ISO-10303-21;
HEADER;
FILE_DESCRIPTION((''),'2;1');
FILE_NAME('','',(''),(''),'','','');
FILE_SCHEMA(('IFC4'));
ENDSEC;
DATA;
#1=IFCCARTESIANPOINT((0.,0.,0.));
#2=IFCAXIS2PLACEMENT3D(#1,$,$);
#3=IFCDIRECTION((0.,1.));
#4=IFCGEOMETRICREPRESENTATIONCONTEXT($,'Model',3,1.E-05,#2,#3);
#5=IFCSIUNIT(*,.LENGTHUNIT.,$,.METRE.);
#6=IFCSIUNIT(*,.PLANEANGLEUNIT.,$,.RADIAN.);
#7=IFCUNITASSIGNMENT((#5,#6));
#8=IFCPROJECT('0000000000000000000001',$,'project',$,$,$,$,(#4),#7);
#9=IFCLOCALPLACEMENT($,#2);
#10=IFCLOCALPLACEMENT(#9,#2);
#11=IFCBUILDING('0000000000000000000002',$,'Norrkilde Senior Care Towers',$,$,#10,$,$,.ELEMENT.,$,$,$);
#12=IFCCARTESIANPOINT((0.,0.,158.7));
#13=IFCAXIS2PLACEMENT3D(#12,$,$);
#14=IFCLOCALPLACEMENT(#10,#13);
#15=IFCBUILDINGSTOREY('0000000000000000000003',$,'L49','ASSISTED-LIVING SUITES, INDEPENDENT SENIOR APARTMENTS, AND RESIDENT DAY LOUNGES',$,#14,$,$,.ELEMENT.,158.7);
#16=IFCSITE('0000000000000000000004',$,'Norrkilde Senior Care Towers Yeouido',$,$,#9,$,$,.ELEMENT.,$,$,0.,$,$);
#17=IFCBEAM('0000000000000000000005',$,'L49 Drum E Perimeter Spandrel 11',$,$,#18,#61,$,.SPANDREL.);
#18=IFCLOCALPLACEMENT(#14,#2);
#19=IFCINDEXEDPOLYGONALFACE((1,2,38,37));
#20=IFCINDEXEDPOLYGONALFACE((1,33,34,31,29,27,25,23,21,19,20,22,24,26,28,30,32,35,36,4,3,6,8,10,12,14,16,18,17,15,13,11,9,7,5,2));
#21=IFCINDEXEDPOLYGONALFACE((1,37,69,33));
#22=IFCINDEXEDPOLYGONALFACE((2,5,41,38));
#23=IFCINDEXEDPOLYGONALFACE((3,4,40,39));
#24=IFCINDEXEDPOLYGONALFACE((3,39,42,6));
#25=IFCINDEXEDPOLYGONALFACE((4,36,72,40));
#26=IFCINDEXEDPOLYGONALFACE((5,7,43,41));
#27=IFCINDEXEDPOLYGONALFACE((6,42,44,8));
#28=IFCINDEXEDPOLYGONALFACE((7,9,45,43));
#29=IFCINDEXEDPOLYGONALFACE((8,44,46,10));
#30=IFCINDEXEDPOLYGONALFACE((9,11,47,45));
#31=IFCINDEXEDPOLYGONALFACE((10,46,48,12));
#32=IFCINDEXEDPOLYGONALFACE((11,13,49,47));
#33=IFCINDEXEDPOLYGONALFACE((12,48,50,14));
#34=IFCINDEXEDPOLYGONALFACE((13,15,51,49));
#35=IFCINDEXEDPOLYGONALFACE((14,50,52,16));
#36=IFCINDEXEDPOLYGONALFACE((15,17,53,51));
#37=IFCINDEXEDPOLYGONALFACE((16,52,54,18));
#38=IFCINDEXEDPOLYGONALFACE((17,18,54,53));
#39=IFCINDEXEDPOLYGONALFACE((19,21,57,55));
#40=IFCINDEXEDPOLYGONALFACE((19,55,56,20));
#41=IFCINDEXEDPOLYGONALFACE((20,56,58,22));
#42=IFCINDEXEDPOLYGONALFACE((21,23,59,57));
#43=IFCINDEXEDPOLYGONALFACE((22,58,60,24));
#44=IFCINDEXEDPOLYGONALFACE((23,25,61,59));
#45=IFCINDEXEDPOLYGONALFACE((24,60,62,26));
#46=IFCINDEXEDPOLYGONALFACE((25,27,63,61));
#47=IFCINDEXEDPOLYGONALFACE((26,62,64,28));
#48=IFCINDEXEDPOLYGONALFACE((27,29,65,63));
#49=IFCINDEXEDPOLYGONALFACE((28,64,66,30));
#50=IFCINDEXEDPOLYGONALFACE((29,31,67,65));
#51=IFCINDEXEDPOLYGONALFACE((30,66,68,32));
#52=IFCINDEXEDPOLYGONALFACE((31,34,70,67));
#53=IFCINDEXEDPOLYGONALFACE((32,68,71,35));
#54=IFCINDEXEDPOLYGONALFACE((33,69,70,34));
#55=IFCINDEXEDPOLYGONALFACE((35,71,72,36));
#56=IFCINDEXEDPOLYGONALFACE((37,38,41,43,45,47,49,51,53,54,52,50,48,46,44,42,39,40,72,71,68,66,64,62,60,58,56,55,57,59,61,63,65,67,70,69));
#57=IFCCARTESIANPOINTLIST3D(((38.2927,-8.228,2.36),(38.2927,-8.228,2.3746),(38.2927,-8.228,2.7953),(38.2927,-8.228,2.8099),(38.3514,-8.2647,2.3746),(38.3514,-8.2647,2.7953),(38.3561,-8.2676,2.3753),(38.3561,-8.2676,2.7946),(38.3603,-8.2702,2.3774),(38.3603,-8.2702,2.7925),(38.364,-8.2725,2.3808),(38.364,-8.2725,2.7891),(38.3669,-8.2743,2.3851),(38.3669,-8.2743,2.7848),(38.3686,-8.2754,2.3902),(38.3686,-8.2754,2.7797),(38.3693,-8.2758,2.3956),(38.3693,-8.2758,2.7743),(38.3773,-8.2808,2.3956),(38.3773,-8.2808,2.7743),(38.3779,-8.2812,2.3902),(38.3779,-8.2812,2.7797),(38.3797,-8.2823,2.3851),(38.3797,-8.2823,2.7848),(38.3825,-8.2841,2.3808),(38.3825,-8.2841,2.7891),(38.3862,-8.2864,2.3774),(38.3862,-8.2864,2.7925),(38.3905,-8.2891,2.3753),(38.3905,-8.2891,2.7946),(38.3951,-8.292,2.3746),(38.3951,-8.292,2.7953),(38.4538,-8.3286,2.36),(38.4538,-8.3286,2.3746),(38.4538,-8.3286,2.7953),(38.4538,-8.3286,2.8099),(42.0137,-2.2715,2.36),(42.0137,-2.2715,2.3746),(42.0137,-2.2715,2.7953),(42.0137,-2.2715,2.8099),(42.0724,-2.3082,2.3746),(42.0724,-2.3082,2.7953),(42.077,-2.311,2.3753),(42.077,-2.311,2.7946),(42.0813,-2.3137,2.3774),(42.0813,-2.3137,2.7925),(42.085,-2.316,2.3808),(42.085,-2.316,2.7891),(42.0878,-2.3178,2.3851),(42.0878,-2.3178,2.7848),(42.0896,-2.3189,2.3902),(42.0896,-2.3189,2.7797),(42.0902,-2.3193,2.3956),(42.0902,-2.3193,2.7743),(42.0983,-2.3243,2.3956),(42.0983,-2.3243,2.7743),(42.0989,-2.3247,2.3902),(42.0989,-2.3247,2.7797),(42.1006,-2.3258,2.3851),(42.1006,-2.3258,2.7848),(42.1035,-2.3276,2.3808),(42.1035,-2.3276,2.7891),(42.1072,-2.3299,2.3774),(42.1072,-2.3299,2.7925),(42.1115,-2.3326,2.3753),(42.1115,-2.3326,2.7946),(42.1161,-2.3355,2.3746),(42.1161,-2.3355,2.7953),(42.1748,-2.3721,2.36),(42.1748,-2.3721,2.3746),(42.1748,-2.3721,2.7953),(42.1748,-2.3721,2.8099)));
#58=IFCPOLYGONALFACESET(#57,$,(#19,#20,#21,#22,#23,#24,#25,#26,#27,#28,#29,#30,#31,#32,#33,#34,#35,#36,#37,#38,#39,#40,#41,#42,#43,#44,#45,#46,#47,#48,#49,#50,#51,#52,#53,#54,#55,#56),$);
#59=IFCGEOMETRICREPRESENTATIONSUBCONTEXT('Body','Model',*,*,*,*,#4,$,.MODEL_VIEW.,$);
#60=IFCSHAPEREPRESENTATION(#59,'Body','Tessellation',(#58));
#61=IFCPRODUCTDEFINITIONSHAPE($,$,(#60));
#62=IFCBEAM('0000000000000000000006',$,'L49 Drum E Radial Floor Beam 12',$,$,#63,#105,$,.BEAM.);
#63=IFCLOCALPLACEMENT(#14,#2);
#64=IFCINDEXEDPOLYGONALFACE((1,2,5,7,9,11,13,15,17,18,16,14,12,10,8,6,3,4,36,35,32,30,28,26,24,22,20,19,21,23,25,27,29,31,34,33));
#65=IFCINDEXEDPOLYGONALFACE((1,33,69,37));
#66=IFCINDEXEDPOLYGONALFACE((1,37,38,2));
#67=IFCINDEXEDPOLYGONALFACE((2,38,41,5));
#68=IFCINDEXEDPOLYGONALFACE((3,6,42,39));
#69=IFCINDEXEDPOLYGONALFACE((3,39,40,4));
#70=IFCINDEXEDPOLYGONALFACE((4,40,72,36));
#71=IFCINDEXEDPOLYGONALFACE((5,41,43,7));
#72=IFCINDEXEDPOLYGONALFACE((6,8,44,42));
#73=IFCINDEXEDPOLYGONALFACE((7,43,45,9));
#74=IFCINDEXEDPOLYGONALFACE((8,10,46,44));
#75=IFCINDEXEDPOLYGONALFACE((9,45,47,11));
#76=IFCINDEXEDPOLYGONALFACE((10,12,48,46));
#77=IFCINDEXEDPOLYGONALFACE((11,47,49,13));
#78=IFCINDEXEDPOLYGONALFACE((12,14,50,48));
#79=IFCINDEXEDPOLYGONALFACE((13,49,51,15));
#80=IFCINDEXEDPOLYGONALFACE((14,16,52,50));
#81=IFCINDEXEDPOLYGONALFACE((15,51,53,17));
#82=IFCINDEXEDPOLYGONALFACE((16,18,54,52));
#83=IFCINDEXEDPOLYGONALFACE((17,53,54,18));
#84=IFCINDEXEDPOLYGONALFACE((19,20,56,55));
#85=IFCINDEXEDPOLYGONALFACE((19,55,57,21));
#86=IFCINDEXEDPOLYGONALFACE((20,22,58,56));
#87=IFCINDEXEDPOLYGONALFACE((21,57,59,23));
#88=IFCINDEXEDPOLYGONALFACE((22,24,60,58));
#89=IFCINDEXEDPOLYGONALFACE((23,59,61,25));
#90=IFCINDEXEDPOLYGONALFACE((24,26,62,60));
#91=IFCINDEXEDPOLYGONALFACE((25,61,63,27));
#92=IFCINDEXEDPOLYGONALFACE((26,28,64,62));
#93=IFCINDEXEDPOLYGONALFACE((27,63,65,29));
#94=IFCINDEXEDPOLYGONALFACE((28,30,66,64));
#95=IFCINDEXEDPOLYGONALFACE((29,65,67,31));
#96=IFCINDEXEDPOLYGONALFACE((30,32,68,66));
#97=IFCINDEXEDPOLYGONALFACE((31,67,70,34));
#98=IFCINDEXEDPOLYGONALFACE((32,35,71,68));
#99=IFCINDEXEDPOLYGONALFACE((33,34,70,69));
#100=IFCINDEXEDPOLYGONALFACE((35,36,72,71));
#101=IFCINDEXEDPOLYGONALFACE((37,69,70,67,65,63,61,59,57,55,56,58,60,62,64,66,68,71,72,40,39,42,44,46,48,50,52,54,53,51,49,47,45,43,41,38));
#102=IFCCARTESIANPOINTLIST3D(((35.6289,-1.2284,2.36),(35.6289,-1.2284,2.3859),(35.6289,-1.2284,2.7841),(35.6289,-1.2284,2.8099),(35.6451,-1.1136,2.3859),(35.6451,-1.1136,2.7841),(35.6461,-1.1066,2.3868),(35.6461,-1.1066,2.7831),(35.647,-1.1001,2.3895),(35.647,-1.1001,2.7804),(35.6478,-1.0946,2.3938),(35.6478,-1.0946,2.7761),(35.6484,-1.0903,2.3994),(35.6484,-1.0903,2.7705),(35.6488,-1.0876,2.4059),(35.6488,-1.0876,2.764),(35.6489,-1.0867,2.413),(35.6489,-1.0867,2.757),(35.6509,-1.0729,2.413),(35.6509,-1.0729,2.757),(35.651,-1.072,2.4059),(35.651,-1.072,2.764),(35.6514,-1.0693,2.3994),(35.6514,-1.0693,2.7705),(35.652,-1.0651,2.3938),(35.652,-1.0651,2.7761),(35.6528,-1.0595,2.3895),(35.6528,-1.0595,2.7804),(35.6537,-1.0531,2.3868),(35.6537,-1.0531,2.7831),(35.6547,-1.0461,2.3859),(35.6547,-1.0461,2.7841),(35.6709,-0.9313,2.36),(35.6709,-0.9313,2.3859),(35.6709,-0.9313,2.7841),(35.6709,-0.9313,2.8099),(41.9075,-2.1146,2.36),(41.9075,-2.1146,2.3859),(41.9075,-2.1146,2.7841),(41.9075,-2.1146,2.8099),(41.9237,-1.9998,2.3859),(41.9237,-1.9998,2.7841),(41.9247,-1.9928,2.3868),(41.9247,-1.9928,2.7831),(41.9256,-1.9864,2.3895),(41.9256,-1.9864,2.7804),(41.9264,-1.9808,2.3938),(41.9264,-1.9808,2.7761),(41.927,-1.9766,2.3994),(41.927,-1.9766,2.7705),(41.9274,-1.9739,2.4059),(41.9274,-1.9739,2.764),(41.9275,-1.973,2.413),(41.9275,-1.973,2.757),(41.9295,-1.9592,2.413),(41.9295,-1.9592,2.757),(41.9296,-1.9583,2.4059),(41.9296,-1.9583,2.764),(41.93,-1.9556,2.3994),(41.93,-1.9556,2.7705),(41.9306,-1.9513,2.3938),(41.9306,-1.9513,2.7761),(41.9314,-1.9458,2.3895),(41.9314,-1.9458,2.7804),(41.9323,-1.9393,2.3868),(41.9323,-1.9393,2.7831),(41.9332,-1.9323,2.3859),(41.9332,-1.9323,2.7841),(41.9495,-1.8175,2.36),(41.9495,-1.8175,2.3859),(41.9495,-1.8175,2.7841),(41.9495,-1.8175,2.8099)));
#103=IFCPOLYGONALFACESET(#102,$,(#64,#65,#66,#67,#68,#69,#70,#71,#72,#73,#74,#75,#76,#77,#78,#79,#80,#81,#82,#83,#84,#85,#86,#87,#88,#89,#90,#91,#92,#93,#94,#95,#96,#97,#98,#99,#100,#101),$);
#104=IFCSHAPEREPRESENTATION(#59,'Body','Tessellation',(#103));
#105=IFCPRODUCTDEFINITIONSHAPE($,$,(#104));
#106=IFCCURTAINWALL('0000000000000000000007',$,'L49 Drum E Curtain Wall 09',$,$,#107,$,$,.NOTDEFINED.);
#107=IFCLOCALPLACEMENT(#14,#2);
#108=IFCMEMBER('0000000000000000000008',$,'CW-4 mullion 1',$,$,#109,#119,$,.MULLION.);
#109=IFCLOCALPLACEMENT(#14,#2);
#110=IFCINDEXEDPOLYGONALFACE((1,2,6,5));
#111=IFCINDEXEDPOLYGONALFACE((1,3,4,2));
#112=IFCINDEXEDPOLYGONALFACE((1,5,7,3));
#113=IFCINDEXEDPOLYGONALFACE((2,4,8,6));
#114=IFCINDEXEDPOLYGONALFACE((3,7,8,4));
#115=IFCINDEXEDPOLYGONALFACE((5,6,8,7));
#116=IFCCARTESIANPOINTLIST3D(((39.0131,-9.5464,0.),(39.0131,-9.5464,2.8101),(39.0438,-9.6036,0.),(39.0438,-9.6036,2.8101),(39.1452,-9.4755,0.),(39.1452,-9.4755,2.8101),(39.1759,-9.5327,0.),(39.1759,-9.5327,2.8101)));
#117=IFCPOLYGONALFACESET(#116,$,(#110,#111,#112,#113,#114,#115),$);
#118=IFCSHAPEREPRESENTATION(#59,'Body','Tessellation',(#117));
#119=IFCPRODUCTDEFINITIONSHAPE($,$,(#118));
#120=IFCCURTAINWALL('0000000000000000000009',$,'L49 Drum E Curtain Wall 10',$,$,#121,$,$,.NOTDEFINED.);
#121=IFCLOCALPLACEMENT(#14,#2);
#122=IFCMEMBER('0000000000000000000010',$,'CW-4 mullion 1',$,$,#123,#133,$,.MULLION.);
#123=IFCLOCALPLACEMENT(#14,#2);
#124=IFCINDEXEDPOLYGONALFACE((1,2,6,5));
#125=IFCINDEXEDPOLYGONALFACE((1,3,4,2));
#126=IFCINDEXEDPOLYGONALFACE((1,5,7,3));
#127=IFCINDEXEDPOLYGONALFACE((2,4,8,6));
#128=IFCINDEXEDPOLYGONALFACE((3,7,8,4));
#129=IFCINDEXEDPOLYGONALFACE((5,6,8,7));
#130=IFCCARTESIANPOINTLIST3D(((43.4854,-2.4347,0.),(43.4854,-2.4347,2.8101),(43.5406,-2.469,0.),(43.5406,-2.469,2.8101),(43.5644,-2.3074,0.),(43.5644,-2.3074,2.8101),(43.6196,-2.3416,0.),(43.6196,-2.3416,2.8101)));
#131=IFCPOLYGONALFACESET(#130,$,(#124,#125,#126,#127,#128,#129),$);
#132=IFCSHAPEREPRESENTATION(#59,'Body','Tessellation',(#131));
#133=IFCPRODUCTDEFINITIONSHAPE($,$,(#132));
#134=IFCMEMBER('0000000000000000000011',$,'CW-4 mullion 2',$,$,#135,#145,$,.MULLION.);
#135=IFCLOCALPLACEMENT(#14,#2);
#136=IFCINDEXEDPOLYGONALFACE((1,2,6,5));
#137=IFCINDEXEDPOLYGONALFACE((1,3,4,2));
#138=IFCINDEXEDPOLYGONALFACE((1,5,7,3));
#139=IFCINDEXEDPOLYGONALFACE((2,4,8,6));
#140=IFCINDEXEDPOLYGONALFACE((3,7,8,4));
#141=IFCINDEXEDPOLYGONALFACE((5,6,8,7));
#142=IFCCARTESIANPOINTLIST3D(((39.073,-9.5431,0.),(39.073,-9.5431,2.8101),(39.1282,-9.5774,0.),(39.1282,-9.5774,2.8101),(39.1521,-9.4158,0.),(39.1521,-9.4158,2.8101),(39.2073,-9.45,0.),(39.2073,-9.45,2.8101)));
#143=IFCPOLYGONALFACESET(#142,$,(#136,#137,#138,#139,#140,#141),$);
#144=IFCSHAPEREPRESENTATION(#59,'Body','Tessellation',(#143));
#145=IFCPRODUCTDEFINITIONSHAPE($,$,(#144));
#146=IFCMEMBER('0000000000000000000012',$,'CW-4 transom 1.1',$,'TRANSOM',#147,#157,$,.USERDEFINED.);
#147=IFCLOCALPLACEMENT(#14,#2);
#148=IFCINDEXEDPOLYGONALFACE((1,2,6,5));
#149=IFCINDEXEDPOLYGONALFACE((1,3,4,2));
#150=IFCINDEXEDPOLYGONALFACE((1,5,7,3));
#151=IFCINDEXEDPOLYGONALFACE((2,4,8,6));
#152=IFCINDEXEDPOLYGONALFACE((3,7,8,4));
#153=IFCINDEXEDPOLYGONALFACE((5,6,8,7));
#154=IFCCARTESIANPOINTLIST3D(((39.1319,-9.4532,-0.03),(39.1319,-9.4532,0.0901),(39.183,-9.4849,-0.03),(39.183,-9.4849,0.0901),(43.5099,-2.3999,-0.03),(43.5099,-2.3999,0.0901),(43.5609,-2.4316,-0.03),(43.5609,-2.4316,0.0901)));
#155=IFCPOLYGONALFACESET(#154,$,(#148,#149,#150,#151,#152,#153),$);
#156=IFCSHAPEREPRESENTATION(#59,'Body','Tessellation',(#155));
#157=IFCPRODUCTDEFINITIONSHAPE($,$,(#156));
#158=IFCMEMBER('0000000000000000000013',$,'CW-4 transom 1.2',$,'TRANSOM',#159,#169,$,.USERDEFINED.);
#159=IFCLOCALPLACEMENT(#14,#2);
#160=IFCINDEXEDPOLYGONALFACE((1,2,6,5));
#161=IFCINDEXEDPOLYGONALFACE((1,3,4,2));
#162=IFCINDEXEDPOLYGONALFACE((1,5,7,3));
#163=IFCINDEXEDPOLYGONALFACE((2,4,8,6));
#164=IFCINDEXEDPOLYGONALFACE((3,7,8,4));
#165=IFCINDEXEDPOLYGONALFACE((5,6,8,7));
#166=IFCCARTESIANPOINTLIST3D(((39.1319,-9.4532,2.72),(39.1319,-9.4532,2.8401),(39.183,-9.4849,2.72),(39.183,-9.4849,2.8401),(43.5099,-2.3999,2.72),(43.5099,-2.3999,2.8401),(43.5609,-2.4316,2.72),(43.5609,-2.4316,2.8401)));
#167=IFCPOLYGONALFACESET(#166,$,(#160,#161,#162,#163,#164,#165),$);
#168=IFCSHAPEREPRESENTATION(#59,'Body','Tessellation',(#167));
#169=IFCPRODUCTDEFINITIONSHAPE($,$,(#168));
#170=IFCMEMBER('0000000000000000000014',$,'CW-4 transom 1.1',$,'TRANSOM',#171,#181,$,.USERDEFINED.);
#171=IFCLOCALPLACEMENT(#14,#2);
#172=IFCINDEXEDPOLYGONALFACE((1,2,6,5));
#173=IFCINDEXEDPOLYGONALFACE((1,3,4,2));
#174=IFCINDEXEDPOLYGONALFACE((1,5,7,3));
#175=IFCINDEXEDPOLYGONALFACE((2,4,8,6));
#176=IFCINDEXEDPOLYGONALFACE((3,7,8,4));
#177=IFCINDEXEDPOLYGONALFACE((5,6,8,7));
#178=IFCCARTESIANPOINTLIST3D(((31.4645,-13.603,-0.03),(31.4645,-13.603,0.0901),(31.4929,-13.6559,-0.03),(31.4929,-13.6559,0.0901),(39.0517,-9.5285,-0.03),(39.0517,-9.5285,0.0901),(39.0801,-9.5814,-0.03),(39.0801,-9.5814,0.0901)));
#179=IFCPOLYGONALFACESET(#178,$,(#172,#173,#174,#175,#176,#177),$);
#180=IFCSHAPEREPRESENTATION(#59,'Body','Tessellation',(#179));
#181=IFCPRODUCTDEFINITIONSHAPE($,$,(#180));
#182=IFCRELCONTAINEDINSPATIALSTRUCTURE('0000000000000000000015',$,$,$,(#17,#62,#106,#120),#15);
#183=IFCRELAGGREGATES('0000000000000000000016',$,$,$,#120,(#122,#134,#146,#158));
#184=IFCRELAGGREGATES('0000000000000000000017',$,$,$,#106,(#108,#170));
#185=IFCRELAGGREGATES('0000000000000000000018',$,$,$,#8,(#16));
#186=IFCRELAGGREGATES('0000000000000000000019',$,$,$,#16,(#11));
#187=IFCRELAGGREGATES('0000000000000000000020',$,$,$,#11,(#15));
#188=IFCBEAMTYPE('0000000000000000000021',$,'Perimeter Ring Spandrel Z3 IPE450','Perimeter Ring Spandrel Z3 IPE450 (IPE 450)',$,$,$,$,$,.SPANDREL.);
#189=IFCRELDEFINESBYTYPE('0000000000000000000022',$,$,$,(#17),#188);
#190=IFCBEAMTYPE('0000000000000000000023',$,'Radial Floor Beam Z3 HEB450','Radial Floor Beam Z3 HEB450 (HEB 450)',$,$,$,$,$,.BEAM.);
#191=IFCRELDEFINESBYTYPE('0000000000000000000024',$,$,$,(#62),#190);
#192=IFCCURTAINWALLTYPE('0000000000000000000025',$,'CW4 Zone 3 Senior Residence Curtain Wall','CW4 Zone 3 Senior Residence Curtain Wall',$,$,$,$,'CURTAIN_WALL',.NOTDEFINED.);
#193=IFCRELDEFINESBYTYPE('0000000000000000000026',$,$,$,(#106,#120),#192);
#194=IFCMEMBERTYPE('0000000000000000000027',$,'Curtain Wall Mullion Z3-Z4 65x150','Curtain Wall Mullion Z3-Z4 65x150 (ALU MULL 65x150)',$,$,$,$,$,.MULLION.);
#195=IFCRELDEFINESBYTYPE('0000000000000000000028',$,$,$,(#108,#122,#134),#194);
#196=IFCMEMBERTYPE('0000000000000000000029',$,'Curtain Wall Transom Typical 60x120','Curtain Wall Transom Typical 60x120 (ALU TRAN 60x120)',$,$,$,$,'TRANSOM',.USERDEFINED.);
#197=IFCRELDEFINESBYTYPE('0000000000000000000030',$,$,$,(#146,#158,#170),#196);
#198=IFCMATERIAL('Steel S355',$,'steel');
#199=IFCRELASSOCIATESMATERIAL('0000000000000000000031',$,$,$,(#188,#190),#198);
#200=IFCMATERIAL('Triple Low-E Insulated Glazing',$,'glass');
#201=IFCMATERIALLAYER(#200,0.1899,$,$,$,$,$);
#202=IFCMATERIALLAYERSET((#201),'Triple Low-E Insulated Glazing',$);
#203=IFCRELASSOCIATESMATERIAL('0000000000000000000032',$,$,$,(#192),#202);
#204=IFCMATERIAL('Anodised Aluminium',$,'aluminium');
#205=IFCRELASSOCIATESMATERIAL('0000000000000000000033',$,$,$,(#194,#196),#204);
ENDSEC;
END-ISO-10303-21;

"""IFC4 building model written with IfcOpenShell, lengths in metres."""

from ifc_helpers import new_model, si_unit, direction, frame, origin, origin_2d, place, context, subcontext, project, spatial, rectangle, i_section, extrude, source, transform, mapped, material, layer, layer_set, material_profile, profile_set, type_object, type_shapes, element, aggregate, save


model = new_model("IFC4")

# Units and contexts
model_context = context("Model", 3, precision=1e-05, world=origin(), true_north=direction((0.0, 1.0)))
body_context = subcontext(model_context, "Body", "Model", "MODEL_VIEW")
ifc_project = project(units=[si_unit("LENGTHUNIT", "METRE"), si_unit("PLANEANGLEUNIT", "RADIAN")], contexts=[model_context])

# Site, building, storey
site_placement = place(None, origin())
site = spatial("IfcSite", under=ifc_project, at=site_placement, Name="Norrkilde Senior Care Towers Yeouido", CompositionType="ELEMENT", RefElevation=0.0)
building_placement = place(site_placement, origin())
building = spatial("IfcBuilding", under=site, at=building_placement, Name="Norrkilde Senior Care Towers", CompositionType="ELEMENT")
storey_placement = place(building_placement, frame((0.0, 0.0, 158.7)))
storey = spatial("IfcBuildingStorey", under=building, at=storey_placement, Name="L49", Description="ASSISTED-LIVING SUITES, INDEPENDENT SENIOR APARTMENTS, AND RESIDENT DAY LOUNGES", CompositionType="ELEMENT", Elevation=158.7)

# Beams
ifc_material_1 = material(Name="Steel S355", Category="steel")
ifc_material_profile_1 = material_profile(ifc_material_1, i_section(OverallWidth=0.1899, OverallDepth=0.45, WebThickness=0.0095, FlangeThickness=0.0146, FilletRadius=0.021, at=origin_2d()), Name="IPE 450")
ifc_profile_set_1 = profile_set([ifc_material_profile_1], Name="Steel S355")
beam_type_1 = type_object("IfcBeamType", Name="Perimeter Ring Spandrel Z3 IPE450", Description="Perimeter Ring Spandrel Z3 IPE450 (IPE 450)", PredefinedType="SPANDREL", material=ifc_profile_set_1)
shared_shape_1 = source(origin(), body_context, "Body", "SweptSolid", [
    extrude(i_section(OverallWidth=0.1899, OverallDepth=0.45, WebThickness=0.0095, FlangeThickness=0.0146, FilletRadius=0.021, at=origin_2d()), origin(), (0.0, 0.0, 1.0), 7.0232),
])
beam_1_placement = place(storey_placement, frame((38.3733, -8.2783, 2.585), z_axis=(0.529805, 0.848119, 0.0), x_axis=(-0.848119, 0.529805, 0.0)))
element("IfcBeam", 1, at=beam_1_placement, inside=storey, type_object=beam_type_1, Name="L49 Drum E Perimeter Spandrel 11", PredefinedType="SPANDREL", context=body_context, shape_type="MappedRepresentation", body=[
    mapped(shared_shape_1, transform((0.0, 0.0, 0.0), x_axis=(1.0, 0.0, 0.0), y_axis=(0.0, 1.0, 0.0), z_axis=(0.0, 0.0, 1.0), scale=1.0)),
])
ifc_material_profile_2 = material_profile(ifc_material_1, i_section(OverallWidth=0.3, OverallDepth=0.45, WebThickness=0.0139, FlangeThickness=0.0259, FilletRadius=0.0271, at=origin_2d()), Name="HEB 450")
ifc_profile_set_2 = profile_set([ifc_material_profile_2], Name="Steel S355")
beam_type_2 = type_object("IfcBeamType", Name="Radial Floor Beam Z3 HEB450", Description="Radial Floor Beam Z3 HEB450 (HEB 450)", PredefinedType="BEAM", material=ifc_profile_set_2)
shared_shape_2 = source(origin(), body_context, "Body", "SweptSolid", [
    extrude(i_section(OverallWidth=0.3, OverallDepth=0.45, WebThickness=0.0139, FlangeThickness=0.0259, FilletRadius=0.0271, at=origin_2d()), origin(), (0.0, 0.0, 1.0), 6.3408),
])
type_shapes(beam_type_2, [shared_shape_2])
beam_2_placement = place(storey_placement, frame((35.6499, -1.0798, 2.585), z_axis=(0.990185, -0.139766, 0.0), x_axis=(0.139766, 0.990185, 0.0)))
element("IfcBeam", 2, at=beam_2_placement, inside=storey, type_object=beam_type_2, Name="L49 Drum E Radial Floor Beam 12", PredefinedType="BEAM", context=body_context, shape_type="MappedRepresentation", body=[
    mapped(shared_shape_2, transform((0.0, 0.0, 0.0), x_axis=(1.0, 0.0, 0.0), y_axis=(0.0, 1.0, 0.0), z_axis=(0.0, 0.0, 1.0), scale=1.0)),
])

# Curtain wall, member
ifc_material_2 = material(Name="Triple Low-E Insulated Glazing", Category="glass")
ifc_layer_1 = layer(ifc_material_2, 0.1899)
ifc_layer_set_1 = layer_set([ifc_layer_1], Name="Triple Low-E Insulated Glazing")
curtain_wall_type = type_object("IfcCurtainWallType", Name="CW4 Zone 3 Senior Residence Curtain Wall", Description="CW4 Zone 3 Senior Residence Curtain Wall", ElementType="CURTAIN_WALL", PredefinedType="NOTDEFINED", material=ifc_layer_set_1)
curtain_wall_1_placement = place(storey_placement, origin())
curtain_wall_1 = element("IfcCurtainWall", 3, at=curtain_wall_1_placement, inside=storey, type_object=curtain_wall_type, Name="L49 Drum E Curtain Wall 09", PredefinedType="NOTDEFINED")
ifc_material_3 = material(Name="Anodised Aluminium", Category="aluminium")
ifc_material_profile_3 = material_profile(ifc_material_3, rectangle(XDim=0.0649, YDim=0.1499, at=origin_2d()), Name="ALU MULL 65x150")
ifc_profile_set_3 = profile_set([ifc_material_profile_3], Name="Anodised Aluminium")
member_type_1 = type_object("IfcMemberType", Name="Curtain Wall Mullion Z3-Z4 65x150", Description="Curtain Wall Mullion Z3-Z4 65x150 (ALU MULL 65x150)", PredefinedType="MULLION", material=ifc_profile_set_3)
shared_shape_3 = source(origin(), body_context, "Body", "SweptSolid", [
    extrude(rectangle(XDim=0.0649, YDim=0.1499, at=origin_2d()), origin(), (0.0, 0.0, 1.0), 2.8101),
])
type_shapes(member_type_1, [shared_shape_3])
member_1_placement = place(storey_placement, frame((39.0945, -9.5396, 0.0), z_axis=(0.0, 0.0, 1.0), x_axis=(0.473117, -0.881, 0.0)))
member_1 = element("IfcMember", 4, at=member_1_placement, type_object=member_type_1, Name="CW-4 mullion 1", PredefinedType="MULLION", context=body_context, shape_type="MappedRepresentation", body=[
    mapped(shared_shape_3, transform((0.0, 0.0, 0.0), x_axis=(1.0, 0.0, 0.0), y_axis=(0.0, 1.0, 0.0), z_axis=(0.0, 0.0, 1.0), scale=1.0)),
])

# Curtain wall, members
curtain_wall_2_placement = place(storey_placement, origin())
curtain_wall_2 = element("IfcCurtainWall", 5, at=curtain_wall_2_placement, inside=storey, type_object=curtain_wall_type, Name="L49 Drum E Curtain Wall 10", PredefinedType="NOTDEFINED")
member_2_placement = place(storey_placement, frame((43.5525, -2.3882, 0.0), z_axis=(0.0, 0.0, 1.0), x_axis=(0.849634, -0.527373, 0.0)))
member_2 = element("IfcMember", 6, at=member_2_placement, type_object=member_type_1, Name="CW-4 mullion 1", PredefinedType="MULLION", context=body_context, shape_type="MappedRepresentation", body=[
    mapped(shared_shape_3, transform((0.0, 0.0, 0.0), x_axis=(1.0, 0.0, 0.0), y_axis=(0.0, 1.0, 0.0), z_axis=(0.0, 0.0, 1.0), scale=1.0)),
])
member_3_placement = place(storey_placement, frame((39.1401, -9.4966, 0.0), z_axis=(0.0, 0.0, 1.0), x_axis=(0.849634, -0.527373, 0.0)))
member_3 = element("IfcMember", 7, at=member_3_placement, type_object=member_type_1, Name="CW-4 mullion 2", PredefinedType="MULLION", context=body_context, shape_type="MappedRepresentation", body=[
    mapped(shared_shape_3, transform((0.0, 0.0, 0.0), x_axis=(1.0, 0.0, 0.0), y_axis=(0.0, 1.0, 0.0), z_axis=(0.0, 0.0, 1.0), scale=1.0)),
])
ifc_material_profile_4 = material_profile(ifc_material_3, rectangle(XDim=0.0601, YDim=0.1201, at=origin_2d()), Name="ALU TRAN 60x120")
ifc_profile_set_4 = profile_set([ifc_material_profile_4], Name="Anodised Aluminium")
member_type_2 = type_object("IfcMemberType", Name="Curtain Wall Transom Typical 60x120", Description="Curtain Wall Transom Typical 60x120 (ALU TRAN 60x120)", ElementType="TRANSOM", PredefinedType="USERDEFINED", material=ifc_profile_set_4)
shared_shape_4 = source(origin(), body_context, "Body", "SweptSolid", [
    extrude(rectangle(XDim=0.0601, YDim=0.1201, at=origin_2d()), origin(), (0.0, 0.0, 1.0), 8.3015),
])
member_4_placement = place(storey_placement, frame((43.5354, -2.4158, 0.03), z_axis=(-0.527369, -0.849637, 0.0), x_axis=(0.849637, -0.527369, 0.0)))
member_4 = element("IfcMember", 8, at=member_4_placement, type_object=member_type_2, Name="CW-4 transom 1.1", ObjectType="TRANSOM", PredefinedType="USERDEFINED", context=body_context, shape_type="MappedRepresentation", body=[
    mapped(shared_shape_4, transform((0.0, 0.0, 0.0), x_axis=(1.0, 0.0, 0.0), y_axis=(0.0, 1.0, 0.0), z_axis=(0.0, 0.0, 1.0), scale=1.0)),
])
member_5_placement = place(storey_placement, frame((43.5354, -2.4158, 2.78), z_axis=(-0.527369, -0.849637, 0.0), x_axis=(0.849637, -0.527369, 0.0)))
member_5 = element("IfcMember", 9, at=member_5_placement, type_object=member_type_2, Name="CW-4 transom 1.2", ObjectType="TRANSOM", PredefinedType="USERDEFINED", context=body_context, shape_type="MappedRepresentation", body=[
    mapped(shared_shape_4, transform((0.0, 0.0, 0.0), x_axis=(1.0, 0.0, 0.0), y_axis=(0.0, 1.0, 0.0), z_axis=(0.0, 0.0, 1.0), scale=1.0)),
])

# Member
shared_shape_5 = source(origin(), body_context, "Body", "SweptSolid", [
    extrude(rectangle(XDim=0.0601, YDim=0.1201, at=origin_2d()), origin(), (0.0, 0.0, 1.0), 8.6121),
])
type_shapes(member_type_2, [shared_shape_4, shared_shape_5])
member_6_placement = place(storey_placement, frame((39.0659, -9.5549, 0.03), z_axis=(-0.881, -0.473116, 0.0), x_axis=(0.473116, -0.881, 0.0)))
member_6 = element("IfcMember", 10, at=member_6_placement, type_object=member_type_2, Name="CW-4 transom 1.1", ObjectType="TRANSOM", PredefinedType="USERDEFINED", context=body_context, shape_type="MappedRepresentation", body=[
    mapped(shared_shape_5, transform((0.0, 0.0, 0.0), x_axis=(1.0, 0.0, 0.0), y_axis=(0.0, 1.0, 0.0), z_axis=(0.0, 0.0, 1.0), scale=1.0)),
])

aggregate(curtain_wall_2, [member_2, member_3, member_4, member_5])
aggregate(curtain_wall_1, [member_1, member_6])

save(model, "model.ifc")
